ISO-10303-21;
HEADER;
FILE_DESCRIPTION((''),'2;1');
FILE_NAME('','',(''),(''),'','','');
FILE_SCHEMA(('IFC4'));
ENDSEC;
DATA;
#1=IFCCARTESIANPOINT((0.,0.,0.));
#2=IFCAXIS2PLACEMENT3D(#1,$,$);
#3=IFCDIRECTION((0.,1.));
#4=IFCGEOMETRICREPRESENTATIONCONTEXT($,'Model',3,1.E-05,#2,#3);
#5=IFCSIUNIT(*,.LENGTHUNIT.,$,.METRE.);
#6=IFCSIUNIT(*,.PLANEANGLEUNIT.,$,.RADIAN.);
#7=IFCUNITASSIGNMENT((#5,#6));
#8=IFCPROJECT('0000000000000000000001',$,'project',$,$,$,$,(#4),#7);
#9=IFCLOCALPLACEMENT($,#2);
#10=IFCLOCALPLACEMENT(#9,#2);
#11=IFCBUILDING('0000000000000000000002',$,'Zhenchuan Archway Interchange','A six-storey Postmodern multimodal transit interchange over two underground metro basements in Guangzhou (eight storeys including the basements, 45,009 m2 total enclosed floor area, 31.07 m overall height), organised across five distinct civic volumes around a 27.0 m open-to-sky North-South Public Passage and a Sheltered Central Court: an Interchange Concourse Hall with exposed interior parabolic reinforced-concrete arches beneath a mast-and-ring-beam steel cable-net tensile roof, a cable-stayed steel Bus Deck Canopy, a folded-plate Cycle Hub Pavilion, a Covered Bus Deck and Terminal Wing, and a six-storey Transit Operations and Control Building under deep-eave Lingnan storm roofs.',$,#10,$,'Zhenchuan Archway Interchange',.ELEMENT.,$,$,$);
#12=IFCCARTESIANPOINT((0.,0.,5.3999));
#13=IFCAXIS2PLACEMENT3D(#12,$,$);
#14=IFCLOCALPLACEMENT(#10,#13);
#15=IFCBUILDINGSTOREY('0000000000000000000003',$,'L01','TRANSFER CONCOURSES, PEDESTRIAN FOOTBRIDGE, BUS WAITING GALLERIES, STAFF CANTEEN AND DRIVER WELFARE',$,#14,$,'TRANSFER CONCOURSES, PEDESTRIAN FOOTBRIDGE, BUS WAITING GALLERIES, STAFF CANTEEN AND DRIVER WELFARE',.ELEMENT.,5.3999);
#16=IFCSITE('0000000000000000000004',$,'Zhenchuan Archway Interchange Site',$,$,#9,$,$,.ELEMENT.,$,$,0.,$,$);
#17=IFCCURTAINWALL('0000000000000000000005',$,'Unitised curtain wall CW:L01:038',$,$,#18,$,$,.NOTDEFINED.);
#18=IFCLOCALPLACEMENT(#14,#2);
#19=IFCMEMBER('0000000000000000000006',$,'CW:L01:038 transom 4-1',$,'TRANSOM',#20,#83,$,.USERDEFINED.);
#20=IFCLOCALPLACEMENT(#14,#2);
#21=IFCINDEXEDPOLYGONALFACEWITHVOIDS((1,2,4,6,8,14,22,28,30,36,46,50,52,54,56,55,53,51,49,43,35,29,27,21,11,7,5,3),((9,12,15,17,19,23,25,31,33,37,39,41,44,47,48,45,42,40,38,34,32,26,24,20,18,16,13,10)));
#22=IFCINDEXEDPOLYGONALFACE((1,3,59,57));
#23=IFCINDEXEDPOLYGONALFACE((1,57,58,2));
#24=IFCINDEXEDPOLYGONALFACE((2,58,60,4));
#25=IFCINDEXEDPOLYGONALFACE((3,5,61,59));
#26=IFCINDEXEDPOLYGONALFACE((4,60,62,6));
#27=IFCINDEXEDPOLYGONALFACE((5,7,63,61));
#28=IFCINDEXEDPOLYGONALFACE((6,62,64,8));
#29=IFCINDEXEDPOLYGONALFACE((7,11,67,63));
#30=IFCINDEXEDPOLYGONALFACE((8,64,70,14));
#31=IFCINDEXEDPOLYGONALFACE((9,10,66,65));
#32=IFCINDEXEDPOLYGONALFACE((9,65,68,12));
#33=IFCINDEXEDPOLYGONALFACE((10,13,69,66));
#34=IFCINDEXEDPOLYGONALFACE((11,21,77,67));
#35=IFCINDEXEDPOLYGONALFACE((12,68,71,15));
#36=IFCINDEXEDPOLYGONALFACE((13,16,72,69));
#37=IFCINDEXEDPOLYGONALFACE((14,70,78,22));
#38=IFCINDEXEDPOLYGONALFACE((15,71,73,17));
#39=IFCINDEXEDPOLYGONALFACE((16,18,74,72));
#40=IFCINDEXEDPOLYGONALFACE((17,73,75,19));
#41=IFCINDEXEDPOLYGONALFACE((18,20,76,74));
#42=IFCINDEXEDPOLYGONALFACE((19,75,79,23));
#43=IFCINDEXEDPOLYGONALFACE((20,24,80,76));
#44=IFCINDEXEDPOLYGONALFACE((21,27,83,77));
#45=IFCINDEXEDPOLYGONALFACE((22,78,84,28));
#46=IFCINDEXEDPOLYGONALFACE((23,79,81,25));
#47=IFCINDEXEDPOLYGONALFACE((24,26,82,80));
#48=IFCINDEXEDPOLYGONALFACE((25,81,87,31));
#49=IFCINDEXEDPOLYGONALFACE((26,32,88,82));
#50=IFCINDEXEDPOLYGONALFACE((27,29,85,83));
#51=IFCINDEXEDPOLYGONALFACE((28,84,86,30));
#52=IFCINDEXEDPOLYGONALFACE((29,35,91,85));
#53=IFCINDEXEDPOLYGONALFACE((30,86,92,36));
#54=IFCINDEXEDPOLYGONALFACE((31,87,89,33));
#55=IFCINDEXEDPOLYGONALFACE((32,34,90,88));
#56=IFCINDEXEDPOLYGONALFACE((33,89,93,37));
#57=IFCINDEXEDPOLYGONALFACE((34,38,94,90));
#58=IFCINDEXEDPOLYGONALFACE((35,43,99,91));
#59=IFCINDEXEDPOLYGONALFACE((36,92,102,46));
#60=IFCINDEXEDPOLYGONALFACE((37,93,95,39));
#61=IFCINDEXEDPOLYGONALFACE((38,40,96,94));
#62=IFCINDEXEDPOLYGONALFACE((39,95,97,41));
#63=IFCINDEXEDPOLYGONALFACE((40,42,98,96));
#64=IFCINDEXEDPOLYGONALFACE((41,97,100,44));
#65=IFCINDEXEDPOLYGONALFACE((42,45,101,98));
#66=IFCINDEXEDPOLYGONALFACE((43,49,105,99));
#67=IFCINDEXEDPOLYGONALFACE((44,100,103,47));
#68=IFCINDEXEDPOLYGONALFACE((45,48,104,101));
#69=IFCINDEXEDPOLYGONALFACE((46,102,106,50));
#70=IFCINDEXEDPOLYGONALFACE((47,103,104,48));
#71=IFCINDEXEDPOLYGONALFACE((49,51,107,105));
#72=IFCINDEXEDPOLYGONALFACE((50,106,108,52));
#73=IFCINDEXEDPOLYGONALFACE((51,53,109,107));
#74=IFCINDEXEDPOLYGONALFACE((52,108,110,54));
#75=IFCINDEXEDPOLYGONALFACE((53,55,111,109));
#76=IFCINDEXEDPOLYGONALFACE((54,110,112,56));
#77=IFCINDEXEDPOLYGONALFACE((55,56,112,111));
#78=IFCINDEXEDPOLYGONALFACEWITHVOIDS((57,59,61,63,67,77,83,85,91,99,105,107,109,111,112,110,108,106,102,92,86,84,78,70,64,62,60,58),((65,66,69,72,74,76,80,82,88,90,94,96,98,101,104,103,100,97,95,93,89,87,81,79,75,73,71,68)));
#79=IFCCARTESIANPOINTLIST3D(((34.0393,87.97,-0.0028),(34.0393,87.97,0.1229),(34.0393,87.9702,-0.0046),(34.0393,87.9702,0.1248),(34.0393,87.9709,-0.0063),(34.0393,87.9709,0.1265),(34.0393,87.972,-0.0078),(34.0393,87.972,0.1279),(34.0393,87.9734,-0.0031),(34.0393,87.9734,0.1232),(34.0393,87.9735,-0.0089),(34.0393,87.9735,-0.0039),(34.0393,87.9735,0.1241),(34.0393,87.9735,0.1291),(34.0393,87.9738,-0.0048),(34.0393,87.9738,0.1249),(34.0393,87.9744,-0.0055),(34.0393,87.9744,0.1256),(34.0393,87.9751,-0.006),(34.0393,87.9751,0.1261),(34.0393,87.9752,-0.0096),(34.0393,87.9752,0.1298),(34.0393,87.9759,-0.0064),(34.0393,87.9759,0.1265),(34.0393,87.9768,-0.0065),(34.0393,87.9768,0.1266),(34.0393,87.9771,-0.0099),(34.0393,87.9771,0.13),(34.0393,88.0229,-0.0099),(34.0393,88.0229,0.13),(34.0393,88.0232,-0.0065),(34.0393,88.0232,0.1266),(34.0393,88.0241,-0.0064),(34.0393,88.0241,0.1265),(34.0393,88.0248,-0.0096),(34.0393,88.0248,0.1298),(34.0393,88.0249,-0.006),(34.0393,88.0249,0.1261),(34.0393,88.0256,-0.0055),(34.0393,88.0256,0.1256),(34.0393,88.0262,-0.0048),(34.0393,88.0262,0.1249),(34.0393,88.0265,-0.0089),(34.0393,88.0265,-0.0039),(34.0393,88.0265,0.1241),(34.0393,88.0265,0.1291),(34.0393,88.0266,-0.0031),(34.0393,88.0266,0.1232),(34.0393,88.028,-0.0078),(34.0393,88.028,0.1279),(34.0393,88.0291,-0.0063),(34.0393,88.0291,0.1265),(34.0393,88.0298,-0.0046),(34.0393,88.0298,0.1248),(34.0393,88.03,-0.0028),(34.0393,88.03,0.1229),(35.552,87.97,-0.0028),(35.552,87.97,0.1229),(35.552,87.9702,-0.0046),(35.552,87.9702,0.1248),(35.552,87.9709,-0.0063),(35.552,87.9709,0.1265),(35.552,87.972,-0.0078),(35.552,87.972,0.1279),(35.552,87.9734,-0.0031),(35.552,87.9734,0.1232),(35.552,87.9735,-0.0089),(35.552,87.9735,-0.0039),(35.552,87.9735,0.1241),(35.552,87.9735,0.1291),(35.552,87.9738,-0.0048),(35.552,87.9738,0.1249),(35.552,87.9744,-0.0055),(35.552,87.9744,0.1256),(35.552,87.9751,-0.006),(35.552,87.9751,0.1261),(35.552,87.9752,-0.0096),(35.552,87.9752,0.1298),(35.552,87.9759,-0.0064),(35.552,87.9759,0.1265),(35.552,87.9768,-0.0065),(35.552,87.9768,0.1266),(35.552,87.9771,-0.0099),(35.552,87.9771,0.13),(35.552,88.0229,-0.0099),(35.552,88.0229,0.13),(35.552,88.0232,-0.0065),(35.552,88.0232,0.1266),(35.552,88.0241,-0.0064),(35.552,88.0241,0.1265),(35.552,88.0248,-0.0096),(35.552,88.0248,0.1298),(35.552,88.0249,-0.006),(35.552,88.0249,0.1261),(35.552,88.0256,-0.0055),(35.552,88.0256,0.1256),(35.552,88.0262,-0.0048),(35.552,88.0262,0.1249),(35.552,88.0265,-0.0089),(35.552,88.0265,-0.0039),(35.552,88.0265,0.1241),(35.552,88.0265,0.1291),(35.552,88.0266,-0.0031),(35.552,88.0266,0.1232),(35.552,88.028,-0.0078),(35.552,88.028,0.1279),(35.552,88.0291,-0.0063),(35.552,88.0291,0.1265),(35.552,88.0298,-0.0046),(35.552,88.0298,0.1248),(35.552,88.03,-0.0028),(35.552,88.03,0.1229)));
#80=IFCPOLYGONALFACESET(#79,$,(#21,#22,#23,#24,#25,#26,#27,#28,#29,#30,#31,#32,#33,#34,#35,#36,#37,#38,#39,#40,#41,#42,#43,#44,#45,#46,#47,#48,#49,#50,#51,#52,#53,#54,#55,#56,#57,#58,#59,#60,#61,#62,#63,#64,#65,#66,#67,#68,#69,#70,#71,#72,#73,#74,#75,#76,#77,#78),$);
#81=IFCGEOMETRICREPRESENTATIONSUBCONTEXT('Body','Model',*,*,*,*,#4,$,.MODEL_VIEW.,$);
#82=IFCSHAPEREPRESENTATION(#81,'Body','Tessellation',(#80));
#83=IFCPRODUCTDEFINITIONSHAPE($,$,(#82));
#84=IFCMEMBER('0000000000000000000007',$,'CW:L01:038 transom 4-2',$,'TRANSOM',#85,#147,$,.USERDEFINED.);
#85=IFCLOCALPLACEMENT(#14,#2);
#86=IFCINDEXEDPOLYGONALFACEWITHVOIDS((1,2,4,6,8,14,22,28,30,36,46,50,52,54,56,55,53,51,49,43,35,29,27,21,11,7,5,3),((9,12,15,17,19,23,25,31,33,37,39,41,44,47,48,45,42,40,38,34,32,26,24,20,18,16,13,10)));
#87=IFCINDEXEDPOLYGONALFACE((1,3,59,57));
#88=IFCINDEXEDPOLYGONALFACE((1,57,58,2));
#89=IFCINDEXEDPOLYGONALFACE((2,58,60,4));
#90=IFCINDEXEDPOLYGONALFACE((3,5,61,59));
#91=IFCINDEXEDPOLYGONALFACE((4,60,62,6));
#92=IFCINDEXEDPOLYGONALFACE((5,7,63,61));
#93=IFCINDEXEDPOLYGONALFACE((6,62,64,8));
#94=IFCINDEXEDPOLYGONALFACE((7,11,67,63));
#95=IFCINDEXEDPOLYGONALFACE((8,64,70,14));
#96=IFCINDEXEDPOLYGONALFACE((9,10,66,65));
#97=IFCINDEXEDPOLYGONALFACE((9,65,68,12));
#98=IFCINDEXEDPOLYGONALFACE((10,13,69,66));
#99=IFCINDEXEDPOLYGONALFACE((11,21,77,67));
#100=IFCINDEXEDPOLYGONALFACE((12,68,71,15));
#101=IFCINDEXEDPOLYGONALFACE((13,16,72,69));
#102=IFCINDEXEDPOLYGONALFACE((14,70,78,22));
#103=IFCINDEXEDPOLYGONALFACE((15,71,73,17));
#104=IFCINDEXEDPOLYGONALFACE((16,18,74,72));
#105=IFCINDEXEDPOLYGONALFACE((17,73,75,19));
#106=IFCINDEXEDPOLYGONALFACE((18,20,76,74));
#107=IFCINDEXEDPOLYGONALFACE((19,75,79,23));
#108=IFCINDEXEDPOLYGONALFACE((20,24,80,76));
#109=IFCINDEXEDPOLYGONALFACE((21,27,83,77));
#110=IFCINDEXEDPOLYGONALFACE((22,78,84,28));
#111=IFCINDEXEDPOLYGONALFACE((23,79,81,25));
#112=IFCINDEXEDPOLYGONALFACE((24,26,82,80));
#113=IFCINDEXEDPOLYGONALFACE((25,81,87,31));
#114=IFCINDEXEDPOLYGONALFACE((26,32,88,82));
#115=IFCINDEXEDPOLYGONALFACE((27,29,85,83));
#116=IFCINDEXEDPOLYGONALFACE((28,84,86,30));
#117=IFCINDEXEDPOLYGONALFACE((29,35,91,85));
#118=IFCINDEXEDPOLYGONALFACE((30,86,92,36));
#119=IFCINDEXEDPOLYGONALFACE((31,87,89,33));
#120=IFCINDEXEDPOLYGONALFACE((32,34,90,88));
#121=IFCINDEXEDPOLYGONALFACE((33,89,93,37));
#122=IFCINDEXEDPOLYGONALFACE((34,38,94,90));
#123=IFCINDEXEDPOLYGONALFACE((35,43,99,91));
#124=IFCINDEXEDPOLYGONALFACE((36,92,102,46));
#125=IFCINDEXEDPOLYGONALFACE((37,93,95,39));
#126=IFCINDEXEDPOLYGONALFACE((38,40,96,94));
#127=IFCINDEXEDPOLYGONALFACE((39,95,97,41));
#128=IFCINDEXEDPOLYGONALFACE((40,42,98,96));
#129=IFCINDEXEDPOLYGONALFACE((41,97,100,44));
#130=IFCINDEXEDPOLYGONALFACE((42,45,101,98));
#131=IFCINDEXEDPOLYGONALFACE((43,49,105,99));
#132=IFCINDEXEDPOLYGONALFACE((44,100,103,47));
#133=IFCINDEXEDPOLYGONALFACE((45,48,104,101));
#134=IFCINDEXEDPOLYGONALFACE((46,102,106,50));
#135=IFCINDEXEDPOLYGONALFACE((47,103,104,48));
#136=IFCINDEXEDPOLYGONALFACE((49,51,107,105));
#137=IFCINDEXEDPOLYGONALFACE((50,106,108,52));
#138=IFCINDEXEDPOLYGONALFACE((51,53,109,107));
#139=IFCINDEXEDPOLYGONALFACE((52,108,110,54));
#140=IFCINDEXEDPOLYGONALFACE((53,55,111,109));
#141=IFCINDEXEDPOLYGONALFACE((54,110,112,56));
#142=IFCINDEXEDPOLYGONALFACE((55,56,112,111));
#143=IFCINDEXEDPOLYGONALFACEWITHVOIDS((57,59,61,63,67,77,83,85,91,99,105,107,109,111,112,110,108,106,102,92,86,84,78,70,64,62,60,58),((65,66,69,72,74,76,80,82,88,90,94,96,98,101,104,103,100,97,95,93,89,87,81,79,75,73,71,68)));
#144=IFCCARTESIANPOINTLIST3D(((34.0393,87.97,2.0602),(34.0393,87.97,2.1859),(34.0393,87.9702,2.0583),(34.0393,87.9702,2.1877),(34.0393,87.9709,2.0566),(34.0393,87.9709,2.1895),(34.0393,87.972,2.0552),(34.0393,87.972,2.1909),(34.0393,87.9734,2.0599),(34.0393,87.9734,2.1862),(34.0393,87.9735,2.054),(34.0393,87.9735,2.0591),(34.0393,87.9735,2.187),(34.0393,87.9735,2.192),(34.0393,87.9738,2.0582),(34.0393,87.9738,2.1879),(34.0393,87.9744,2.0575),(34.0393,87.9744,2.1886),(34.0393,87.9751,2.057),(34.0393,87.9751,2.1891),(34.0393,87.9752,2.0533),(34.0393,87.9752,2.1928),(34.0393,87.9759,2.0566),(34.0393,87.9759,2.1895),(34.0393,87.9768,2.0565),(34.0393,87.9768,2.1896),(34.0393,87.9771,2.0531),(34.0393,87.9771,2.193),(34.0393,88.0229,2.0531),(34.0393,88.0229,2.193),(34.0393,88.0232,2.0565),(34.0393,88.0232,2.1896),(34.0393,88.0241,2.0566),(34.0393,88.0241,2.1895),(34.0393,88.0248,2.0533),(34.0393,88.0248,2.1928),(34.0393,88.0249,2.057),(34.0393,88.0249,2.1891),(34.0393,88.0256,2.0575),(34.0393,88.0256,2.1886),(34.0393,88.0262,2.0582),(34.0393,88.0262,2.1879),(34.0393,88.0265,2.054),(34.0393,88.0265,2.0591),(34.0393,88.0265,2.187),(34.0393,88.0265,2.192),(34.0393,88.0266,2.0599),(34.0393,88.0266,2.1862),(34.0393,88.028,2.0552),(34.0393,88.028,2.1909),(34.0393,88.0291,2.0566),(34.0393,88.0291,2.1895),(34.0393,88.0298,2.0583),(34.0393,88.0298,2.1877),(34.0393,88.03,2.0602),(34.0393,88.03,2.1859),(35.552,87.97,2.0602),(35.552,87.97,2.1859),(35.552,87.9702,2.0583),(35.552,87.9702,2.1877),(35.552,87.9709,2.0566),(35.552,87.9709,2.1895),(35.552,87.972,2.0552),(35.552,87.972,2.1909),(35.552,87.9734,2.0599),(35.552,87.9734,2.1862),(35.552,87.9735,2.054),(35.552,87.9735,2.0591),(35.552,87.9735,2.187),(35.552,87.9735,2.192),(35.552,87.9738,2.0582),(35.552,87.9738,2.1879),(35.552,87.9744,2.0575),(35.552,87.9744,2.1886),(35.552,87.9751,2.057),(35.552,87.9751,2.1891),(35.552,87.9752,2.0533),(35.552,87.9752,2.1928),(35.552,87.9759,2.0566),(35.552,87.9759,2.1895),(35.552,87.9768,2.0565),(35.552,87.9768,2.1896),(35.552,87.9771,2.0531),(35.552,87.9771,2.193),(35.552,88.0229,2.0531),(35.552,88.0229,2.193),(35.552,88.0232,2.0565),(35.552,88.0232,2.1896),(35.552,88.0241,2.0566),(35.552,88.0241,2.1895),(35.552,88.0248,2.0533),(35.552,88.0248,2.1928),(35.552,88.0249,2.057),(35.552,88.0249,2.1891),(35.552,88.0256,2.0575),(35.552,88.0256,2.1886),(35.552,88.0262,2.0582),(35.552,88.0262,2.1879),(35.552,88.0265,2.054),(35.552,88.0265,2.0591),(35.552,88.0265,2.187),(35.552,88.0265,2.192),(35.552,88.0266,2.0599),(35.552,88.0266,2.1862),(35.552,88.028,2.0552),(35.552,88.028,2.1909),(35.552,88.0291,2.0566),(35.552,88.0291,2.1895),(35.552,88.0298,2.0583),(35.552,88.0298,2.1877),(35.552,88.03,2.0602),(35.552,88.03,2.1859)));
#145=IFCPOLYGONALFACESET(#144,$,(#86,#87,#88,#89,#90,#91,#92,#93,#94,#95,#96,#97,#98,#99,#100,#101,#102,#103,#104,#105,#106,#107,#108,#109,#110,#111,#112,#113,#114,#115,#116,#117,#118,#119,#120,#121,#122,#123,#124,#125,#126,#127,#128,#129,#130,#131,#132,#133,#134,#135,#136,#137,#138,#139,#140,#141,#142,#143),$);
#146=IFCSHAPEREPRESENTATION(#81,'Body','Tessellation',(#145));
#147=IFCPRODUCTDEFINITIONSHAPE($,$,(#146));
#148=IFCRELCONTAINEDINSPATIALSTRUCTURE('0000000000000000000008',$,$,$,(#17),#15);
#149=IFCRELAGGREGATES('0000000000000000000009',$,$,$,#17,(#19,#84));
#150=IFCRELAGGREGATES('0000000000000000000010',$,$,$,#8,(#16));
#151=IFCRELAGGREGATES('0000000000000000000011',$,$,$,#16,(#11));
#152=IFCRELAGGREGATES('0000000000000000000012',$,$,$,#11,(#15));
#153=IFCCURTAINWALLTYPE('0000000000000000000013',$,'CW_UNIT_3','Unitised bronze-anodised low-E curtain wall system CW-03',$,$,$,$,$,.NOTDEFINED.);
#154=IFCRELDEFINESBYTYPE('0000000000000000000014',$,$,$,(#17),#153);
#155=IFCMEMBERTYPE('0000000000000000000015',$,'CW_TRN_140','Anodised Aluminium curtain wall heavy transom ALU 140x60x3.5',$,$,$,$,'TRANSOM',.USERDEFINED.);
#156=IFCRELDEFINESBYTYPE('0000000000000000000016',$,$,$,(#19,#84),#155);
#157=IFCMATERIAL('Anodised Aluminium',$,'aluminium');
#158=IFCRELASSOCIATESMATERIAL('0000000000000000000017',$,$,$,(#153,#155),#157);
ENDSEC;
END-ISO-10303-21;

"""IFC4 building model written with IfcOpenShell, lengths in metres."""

from ifc_helpers import new_model, si_unit, direction, frame, origin, origin_2d, place, context, subcontext, project, spatial, hollow_rectangle, extrude, material, material_profile, profile_set, type_object, element, aggregate, save


model = new_model("IFC4")

# Units and contexts
model_context = context("Model", 3, precision=1e-05, world=origin(), true_north=direction((0.0, 1.0)))
body_context = subcontext(model_context, "Body", "Model", "MODEL_VIEW")
ifc_project = project(units=[si_unit("LENGTHUNIT", "METRE"), si_unit("PLANEANGLEUNIT", "RADIAN")], contexts=[model_context])

# Site, building, storey
site_placement = place(None, origin())
site = spatial("IfcSite", under=ifc_project, at=site_placement, Name="Zhenchuan Archway Interchange Site", CompositionType="ELEMENT", RefElevation=0.0)
building_placement = place(site_placement, origin())
building = spatial("IfcBuilding", under=site, at=building_placement, Name="Zhenchuan Archway Interchange", Description="A six-storey Postmodern multimodal transit interchange over two underground metro basements in Guangzhou (eight storeys including the basements, 45,009 m2 total enclosed floor area, 31.07 m overall height), organised across five distinct civic volumes around a 27.0 m open-to-sky North-South Public Passage and a Sheltered Central Court: an Interchange Concourse Hall with exposed interior parabolic reinforced-concrete arches beneath a mast-and-ring-beam steel cable-net tensile roof, a cable-stayed steel Bus Deck Canopy, a folded-plate Cycle Hub Pavilion, a Covered Bus Deck and Terminal Wing, and a six-storey Transit Operations and Control Building under deep-eave Lingnan storm roofs.", LongName="Zhenchuan Archway Interchange", CompositionType="ELEMENT")
storey_placement = place(building_placement, frame((0.0, 0.0, 5.3999)))
storey = spatial("IfcBuildingStorey", under=building, at=storey_placement, Name="L01", Description="TRANSFER CONCOURSES, PEDESTRIAN FOOTBRIDGE, BUS WAITING GALLERIES, STAFF CANTEEN AND DRIVER WELFARE", LongName="TRANSFER CONCOURSES, PEDESTRIAN FOOTBRIDGE, BUS WAITING GALLERIES, STAFF CANTEEN AND DRIVER WELFARE", CompositionType="ELEMENT", Elevation=5.3999)

# Curtain wall, members
ifc_material_1 = material(Name="Anodised Aluminium", Category="aluminium")
curtain_wall_type_1 = type_object("IfcCurtainWallType", Name="CW_UNIT_3", Description="Unitised bronze-anodised low-E curtain wall system CW-03", PredefinedType="NOTDEFINED", material=ifc_material_1)
curtain_wall_1_placement = place(storey_placement, origin())
curtain_wall_1 = element("IfcCurtainWall", 1, at=curtain_wall_1_placement, inside=storey, type_object=curtain_wall_type_1, Name="Unitised curtain wall CW:L01:038", PredefinedType="NOTDEFINED")
ifc_material_profile_1 = material_profile(ifc_material_1, hollow_rectangle(XDim=0.0601, YDim=0.1399, WallThickness=0.0034, InnerFilletRadius=0.0034, OuterFilletRadius=0.0071, at=origin_2d()), Name="ALU 140x60x3.5")
ifc_profile_set_1 = profile_set([ifc_material_profile_1], Name="Anodised Aluminium")
member_type_1 = type_object("IfcMemberType", Name="CW_TRN_140", Description="Anodised Aluminium curtain wall heavy transom ALU 140x60x3.5", ElementType="TRANSOM", PredefinedType="USERDEFINED", material=ifc_profile_set_1)
member_1_placement = place(storey_placement, frame((34.0393, 88.0, 0.0601), z_axis=(1.0, 0.0, 0.0), x_axis=(0.0, 1.0, 0.0)))
member_1 = element("IfcMember", 2, at=member_1_placement, type_object=member_type_1, Name="CW:L01:038 transom 4-1", ObjectType="TRANSOM", PredefinedType="USERDEFINED", context=body_context, shape_type="SweptSolid", body=[
    extrude(hollow_rectangle(XDim=0.0601, YDim=0.1399, WallThickness=0.0034, InnerFilletRadius=0.0034, OuterFilletRadius=0.0071, at=origin_2d()), origin(), (0.0, 0.0, 1.0), 1.5127),
])
member_2_placement = place(storey_placement, frame((34.0393, 88.0, 2.123), z_axis=(1.0, 0.0, 0.0), x_axis=(0.0, 1.0, 0.0)))
member_2 = element("IfcMember", 3, at=member_2_placement, type_object=member_type_1, Name="CW:L01:038 transom 4-2", ObjectType="TRANSOM", PredefinedType="USERDEFINED", context=body_context, shape_type="SweptSolid", body=[
    extrude(hollow_rectangle(XDim=0.0601, YDim=0.1399, WallThickness=0.0034, InnerFilletRadius=0.0034, OuterFilletRadius=0.0071, at=origin_2d()), origin(), (0.0, 0.0, 1.0), 1.5127),
])

aggregate(curtain_wall_1, [member_1, member_2])

save(model, "model.ifc")
